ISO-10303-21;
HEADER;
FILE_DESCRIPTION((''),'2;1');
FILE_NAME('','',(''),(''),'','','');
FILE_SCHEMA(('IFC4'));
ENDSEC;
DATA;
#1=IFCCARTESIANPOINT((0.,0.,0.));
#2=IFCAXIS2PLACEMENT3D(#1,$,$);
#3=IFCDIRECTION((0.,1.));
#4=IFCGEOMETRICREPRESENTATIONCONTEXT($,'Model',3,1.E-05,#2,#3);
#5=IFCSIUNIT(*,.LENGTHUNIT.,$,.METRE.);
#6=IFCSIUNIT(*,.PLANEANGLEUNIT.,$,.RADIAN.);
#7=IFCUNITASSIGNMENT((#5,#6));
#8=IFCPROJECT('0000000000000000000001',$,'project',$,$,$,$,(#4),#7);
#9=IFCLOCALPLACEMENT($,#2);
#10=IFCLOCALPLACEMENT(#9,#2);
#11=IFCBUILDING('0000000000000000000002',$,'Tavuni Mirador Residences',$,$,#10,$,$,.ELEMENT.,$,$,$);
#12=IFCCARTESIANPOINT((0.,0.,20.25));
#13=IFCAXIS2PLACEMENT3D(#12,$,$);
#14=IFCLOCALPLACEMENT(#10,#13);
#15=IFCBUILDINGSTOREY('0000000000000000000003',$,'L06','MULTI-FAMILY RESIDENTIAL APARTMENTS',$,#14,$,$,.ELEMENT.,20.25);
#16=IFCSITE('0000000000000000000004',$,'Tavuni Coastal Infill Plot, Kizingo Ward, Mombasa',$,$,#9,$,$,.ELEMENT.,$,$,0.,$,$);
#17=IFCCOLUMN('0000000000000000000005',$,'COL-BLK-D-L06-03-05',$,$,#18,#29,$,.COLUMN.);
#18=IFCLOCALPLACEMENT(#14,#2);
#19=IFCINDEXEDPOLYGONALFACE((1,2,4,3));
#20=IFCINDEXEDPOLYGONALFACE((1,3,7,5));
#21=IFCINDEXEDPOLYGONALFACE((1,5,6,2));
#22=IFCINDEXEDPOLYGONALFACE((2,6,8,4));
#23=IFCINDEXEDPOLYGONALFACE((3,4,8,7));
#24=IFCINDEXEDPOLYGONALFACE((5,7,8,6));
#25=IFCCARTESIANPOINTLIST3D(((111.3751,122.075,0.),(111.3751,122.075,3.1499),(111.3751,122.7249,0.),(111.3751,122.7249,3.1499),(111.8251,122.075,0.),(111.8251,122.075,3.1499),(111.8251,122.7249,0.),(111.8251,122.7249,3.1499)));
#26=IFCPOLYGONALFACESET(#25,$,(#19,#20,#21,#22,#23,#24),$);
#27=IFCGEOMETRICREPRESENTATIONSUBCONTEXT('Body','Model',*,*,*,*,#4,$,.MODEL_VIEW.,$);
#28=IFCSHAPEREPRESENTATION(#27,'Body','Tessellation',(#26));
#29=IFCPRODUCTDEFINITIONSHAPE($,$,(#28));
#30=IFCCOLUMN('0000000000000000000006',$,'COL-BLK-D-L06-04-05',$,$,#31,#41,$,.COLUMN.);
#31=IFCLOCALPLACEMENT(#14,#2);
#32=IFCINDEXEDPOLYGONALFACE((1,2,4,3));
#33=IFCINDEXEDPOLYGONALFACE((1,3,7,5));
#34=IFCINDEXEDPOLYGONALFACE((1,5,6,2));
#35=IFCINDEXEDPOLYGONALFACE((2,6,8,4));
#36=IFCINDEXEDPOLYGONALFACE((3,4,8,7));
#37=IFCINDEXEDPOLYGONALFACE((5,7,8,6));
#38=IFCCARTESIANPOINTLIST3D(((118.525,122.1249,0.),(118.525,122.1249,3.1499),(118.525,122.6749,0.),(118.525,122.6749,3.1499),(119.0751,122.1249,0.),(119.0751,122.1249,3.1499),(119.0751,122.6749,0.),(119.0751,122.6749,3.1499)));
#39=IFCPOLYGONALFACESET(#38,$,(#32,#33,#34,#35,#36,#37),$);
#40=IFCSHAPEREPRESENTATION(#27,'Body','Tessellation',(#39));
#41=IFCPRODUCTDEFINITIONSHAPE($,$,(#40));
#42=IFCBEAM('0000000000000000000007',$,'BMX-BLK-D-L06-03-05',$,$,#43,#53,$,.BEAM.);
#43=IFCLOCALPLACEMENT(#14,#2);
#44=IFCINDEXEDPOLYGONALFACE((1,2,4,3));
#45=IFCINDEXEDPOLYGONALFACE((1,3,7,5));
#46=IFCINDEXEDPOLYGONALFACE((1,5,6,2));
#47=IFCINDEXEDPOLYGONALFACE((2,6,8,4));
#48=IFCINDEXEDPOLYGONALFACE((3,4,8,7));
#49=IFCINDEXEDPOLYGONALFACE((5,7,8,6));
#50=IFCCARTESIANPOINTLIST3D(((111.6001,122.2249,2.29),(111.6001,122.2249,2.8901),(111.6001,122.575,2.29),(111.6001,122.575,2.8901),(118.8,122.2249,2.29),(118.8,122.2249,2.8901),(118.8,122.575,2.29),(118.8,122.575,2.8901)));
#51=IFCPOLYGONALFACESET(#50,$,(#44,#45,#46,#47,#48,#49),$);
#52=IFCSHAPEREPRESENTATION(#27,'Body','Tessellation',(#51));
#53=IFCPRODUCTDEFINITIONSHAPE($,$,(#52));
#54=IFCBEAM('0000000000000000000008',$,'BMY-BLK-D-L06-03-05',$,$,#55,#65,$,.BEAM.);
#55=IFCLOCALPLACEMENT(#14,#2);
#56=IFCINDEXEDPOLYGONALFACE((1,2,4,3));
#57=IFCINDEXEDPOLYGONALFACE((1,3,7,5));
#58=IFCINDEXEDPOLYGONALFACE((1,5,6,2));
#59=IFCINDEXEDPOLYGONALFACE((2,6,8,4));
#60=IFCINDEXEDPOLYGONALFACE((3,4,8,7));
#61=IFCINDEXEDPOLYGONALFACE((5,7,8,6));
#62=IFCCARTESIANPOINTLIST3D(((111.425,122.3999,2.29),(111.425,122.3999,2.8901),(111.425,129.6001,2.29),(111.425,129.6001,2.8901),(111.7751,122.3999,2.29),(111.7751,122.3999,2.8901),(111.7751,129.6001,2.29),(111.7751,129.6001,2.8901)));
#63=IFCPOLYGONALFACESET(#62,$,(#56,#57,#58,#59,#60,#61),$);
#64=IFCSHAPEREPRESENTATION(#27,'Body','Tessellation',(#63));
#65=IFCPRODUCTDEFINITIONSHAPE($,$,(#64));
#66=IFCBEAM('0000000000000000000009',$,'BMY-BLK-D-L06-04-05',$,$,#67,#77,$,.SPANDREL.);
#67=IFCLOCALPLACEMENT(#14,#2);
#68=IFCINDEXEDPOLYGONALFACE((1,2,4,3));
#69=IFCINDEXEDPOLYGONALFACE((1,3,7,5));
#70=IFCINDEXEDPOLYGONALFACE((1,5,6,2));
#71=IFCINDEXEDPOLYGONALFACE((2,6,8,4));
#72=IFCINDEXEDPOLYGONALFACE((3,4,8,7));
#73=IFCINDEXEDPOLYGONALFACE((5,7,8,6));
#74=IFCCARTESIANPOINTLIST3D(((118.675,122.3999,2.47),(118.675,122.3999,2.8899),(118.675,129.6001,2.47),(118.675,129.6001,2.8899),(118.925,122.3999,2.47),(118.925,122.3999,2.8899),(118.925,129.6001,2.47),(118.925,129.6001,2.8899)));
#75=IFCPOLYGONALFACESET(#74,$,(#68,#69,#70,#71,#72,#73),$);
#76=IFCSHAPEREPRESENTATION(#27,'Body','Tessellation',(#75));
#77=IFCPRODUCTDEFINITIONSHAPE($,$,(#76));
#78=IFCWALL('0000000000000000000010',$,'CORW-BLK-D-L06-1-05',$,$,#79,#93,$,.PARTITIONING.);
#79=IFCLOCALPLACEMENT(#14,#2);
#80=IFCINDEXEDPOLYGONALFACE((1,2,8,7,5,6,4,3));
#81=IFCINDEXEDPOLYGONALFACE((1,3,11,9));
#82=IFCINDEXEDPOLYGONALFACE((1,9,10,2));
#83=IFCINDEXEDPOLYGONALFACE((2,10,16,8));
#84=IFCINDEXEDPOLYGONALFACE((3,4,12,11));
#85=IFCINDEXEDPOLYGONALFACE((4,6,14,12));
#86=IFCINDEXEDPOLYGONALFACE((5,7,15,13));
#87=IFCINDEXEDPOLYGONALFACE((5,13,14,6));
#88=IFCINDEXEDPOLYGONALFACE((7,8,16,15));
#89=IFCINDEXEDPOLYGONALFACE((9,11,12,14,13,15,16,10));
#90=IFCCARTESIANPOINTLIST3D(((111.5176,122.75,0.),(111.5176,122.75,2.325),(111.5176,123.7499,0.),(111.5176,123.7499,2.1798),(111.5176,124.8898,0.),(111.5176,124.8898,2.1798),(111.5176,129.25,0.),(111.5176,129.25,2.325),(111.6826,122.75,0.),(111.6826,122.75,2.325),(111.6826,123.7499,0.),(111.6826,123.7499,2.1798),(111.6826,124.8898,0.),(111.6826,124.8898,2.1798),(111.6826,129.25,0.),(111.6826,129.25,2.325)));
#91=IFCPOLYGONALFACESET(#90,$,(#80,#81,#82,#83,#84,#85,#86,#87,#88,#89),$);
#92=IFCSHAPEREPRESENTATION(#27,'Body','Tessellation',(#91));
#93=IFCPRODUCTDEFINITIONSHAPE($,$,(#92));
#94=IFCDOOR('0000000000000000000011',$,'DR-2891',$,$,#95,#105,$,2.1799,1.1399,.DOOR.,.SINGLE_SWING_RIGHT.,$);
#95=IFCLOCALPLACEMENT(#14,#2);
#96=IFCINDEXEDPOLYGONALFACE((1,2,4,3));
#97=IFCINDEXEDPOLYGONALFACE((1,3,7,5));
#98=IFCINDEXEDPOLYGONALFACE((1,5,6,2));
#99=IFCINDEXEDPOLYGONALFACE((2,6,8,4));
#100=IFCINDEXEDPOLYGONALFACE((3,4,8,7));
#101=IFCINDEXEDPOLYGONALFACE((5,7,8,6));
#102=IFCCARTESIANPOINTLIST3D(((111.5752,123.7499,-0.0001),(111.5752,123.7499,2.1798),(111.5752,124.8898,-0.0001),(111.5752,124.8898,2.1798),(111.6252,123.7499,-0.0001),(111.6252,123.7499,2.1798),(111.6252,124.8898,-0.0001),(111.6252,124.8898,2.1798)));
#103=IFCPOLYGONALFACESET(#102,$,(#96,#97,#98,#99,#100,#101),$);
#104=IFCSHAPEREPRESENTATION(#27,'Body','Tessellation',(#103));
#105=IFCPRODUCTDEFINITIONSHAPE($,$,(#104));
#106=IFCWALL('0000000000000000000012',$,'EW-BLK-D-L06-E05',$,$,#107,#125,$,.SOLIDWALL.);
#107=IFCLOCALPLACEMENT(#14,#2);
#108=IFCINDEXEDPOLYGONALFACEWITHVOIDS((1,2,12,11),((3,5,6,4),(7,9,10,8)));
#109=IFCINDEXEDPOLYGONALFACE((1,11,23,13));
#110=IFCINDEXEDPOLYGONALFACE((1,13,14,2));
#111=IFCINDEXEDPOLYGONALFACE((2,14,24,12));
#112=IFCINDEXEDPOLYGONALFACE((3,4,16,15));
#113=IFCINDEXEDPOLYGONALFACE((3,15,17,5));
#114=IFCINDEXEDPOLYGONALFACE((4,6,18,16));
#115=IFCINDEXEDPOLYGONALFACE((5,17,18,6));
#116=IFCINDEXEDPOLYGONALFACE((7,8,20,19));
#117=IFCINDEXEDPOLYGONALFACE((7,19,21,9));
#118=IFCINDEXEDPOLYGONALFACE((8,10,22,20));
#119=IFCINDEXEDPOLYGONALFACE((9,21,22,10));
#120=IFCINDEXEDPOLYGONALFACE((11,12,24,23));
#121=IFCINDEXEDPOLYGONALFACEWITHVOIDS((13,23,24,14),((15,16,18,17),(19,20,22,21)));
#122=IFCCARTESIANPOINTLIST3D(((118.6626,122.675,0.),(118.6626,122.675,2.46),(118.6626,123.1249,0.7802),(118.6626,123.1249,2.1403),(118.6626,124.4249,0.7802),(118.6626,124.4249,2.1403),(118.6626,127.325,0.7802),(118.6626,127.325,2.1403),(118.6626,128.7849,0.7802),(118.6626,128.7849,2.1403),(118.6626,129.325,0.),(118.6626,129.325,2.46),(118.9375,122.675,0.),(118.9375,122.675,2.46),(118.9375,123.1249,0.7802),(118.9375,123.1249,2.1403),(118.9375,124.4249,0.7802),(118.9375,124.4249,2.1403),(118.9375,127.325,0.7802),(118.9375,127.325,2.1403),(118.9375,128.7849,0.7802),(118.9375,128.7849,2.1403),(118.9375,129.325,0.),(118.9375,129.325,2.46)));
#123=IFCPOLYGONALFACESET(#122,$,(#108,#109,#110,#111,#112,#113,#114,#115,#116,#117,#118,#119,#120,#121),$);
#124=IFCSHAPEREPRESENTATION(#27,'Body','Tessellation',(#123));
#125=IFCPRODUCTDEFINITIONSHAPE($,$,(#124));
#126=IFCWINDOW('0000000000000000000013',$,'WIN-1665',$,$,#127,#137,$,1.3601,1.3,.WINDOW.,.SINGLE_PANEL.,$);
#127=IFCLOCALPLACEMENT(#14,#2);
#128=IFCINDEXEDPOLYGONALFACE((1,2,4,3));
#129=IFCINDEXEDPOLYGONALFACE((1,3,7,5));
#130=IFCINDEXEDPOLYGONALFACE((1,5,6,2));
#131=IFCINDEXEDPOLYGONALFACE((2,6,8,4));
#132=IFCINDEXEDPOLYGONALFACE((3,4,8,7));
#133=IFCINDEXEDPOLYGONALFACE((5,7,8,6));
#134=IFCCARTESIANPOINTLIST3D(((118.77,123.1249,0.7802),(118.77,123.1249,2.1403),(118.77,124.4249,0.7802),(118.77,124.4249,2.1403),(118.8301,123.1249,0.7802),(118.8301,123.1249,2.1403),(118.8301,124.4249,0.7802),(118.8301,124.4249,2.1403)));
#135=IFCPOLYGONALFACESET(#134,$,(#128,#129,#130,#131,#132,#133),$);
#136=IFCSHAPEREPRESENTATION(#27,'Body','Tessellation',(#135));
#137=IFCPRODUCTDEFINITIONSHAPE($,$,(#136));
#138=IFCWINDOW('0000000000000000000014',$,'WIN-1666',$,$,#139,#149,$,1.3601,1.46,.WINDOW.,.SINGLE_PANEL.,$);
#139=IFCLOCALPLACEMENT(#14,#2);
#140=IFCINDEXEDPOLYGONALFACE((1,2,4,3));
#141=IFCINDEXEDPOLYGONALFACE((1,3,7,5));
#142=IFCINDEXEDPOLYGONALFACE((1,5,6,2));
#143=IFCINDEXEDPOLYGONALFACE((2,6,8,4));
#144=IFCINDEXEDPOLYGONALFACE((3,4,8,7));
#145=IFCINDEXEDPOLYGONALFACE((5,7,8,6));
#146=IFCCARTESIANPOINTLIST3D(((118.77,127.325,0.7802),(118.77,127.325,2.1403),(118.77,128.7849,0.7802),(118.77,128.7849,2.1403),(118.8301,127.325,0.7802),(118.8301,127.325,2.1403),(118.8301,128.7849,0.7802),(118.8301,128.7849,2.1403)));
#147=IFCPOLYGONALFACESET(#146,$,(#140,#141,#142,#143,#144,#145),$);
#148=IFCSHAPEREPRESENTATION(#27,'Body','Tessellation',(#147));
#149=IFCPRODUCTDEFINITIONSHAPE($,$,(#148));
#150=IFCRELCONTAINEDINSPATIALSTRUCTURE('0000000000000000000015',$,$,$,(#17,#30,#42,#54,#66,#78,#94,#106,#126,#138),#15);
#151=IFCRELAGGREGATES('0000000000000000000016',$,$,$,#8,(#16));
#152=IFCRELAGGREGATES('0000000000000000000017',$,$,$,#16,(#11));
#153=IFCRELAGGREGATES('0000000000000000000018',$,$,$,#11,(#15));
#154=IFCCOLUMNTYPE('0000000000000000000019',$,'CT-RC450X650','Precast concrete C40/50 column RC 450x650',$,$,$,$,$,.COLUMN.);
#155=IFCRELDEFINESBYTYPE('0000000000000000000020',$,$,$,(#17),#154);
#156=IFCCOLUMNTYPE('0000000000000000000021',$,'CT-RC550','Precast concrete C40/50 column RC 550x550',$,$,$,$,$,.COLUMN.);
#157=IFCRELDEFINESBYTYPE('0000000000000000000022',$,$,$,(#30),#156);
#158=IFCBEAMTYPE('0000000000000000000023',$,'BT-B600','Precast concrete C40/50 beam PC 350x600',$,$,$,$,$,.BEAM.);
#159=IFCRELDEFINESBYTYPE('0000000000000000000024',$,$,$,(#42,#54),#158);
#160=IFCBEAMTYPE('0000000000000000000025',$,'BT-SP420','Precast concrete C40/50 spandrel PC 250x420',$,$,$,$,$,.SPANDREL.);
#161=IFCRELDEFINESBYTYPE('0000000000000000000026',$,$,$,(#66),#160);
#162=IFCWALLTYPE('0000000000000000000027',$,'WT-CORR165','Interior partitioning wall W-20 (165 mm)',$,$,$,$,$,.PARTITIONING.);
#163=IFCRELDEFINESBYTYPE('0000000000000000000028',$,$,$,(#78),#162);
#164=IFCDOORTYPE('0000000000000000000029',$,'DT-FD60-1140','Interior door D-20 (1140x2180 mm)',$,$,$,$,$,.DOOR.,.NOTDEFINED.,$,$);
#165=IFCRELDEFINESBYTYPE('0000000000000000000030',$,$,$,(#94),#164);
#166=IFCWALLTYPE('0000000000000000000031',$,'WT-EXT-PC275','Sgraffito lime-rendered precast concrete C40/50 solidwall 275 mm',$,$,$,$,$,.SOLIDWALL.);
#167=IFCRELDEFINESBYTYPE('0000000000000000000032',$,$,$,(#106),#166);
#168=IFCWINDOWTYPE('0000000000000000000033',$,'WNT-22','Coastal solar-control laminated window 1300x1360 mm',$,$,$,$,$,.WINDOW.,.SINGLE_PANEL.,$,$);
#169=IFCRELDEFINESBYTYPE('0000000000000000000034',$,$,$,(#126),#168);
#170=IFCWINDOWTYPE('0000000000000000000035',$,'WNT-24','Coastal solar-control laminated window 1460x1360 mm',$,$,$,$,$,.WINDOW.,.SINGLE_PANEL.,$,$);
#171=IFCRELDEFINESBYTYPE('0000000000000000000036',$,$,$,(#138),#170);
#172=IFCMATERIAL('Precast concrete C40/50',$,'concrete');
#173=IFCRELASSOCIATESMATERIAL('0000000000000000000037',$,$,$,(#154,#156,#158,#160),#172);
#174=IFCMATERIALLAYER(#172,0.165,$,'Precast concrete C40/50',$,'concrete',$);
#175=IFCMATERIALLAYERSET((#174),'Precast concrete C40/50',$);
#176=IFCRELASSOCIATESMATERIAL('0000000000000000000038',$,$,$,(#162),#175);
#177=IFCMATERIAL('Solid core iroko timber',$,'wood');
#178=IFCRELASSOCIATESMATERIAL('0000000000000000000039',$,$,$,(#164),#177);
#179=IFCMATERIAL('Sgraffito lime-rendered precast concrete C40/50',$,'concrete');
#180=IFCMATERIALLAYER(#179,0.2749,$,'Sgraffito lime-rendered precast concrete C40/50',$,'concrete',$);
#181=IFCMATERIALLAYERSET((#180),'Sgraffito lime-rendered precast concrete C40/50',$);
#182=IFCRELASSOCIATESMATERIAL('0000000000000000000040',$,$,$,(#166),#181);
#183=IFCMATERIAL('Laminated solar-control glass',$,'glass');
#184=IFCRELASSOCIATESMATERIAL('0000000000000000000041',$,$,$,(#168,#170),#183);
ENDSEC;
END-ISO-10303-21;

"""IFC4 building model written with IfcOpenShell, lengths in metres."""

from ifc_helpers import new_model, si_unit, direction, frame, frame_2d, origin, origin_2d, place, context, subcontext, project, spatial, rectangle, extrude, material, layer, layer_set, material_profile, profile_set, type_object, element, fill, save


model = new_model("IFC4")

# Units and contexts
model_context = context("Model", 3, precision=1e-05, world=origin(), true_north=direction((0.0, 1.0)))
body_context = subcontext(model_context, "Body", "Model", "MODEL_VIEW")
ifc_project = project(units=[si_unit("LENGTHUNIT", "METRE"), si_unit("PLANEANGLEUNIT", "RADIAN")], contexts=[model_context])

# Site, building, storey
site_placement = place(None, origin())
site = spatial("IfcSite", under=ifc_project, at=site_placement, Name="Tavuni Coastal Infill Plot, Kizingo Ward, Mombasa", CompositionType="ELEMENT", RefElevation=0.0)
building_placement = place(site_placement, origin())
building = spatial("IfcBuilding", under=site, at=building_placement, Name="Tavuni Mirador Residences", CompositionType="ELEMENT")
storey_placement = place(building_placement, frame((0.0, 0.0, 20.25)))
storey = spatial("IfcBuildingStorey", under=building, at=storey_placement, Name="L06", Description="MULTI-FAMILY RESIDENTIAL APARTMENTS", CompositionType="ELEMENT", Elevation=20.25)

# Columns
ifc_material_1 = material(Name="Precast concrete C40/50", Category="concrete")
ifc_material_profile_1 = material_profile(ifc_material_1, rectangle(XDim=0.45, YDim=0.6499, at=origin_2d()), Name="RC 450x650", Category="concrete")
ifc_profile_set_1 = profile_set([ifc_material_profile_1], Name="Precast concrete C40/50")
column_type_1 = type_object("IfcColumnType", Name="CT-RC450X650", Description="Precast concrete C40/50 column RC 450x650", PredefinedType="COLUMN", material=ifc_profile_set_1)
column_1_placement = place(storey_placement, frame((111.6001, 122.3999, 0.0), z_axis=(0.0, 0.0, 1.0), x_axis=(1.0, 0.0, 0.0)))
element("IfcColumn", 1, at=column_1_placement, inside=storey, type_object=column_type_1, Name="COL-BLK-D-L06-03-05", PredefinedType="COLUMN", context=body_context, shape_type="SweptSolid", body=[
    extrude(rectangle(XDim=0.45, YDim=0.6499, at=origin_2d()), origin(), (0.0, 0.0, 1.0), 3.1499),
])
ifc_material_profile_2 = material_profile(ifc_material_1, rectangle(XDim=0.55, YDim=0.55, at=origin_2d()), Name="RC 550x550", Category="concrete")
ifc_profile_set_2 = profile_set([ifc_material_profile_2], Name="Precast concrete C40/50")
column_type_2 = type_object("IfcColumnType", Name="CT-RC550", Description="Precast concrete C40/50 column RC 550x550", PredefinedType="COLUMN", material=ifc_profile_set_2)
column_2_placement = place(storey_placement, frame((118.8, 122.3999, 0.0), z_axis=(0.0, 0.0, 1.0), x_axis=(1.0, 0.0, 0.0)))
element("IfcColumn", 2, at=column_2_placement, inside=storey, type_object=column_type_2, Name="COL-BLK-D-L06-04-05", PredefinedType="COLUMN", context=body_context, shape_type="SweptSolid", body=[
    extrude(rectangle(XDim=0.55, YDim=0.55, at=origin_2d()), origin(), (0.0, 0.0, 1.0), 3.1499),
])

# Beams
ifc_material_profile_3 = material_profile(ifc_material_1, rectangle(XDim=0.3501, YDim=0.6001, at=origin_2d()), Name="PC 350x600", Category="concrete")
ifc_profile_set_3 = profile_set([ifc_material_profile_3], Name="Precast concrete C40/50")
beam_type_1 = type_object("IfcBeamType", Name="BT-B600", Description="Precast concrete C40/50 beam PC 350x600", PredefinedType="BEAM", material=ifc_profile_set_3)
beam_1_placement = place(storey_placement, frame((111.6001, 122.3999, 2.5901), z_axis=(1.0, 0.0, 0.0), x_axis=(0.0, 1.0, 0.0)))
element("IfcBeam", 3, at=beam_1_placement, inside=storey, type_object=beam_type_1, Name="BMX-BLK-D-L06-03-05", PredefinedType="BEAM", context=body_context, shape_type="SweptSolid", body=[
    extrude(rectangle(XDim=0.3501, YDim=0.6001, at=origin_2d()), origin(), (0.0, 0.0, 1.0), 7.2),
])
beam_2_placement = place(storey_placement, frame((111.6001, 122.3999, 2.5901), z_axis=(0.0, 1.0, 0.0), x_axis=(-1.0, 0.0, 0.0)))
element("IfcBeam", 4, at=beam_2_placement, inside=storey, type_object=beam_type_1, Name="BMY-BLK-D-L06-03-05", PredefinedType="BEAM", context=body_context, shape_type="SweptSolid", body=[
    extrude(rectangle(XDim=0.3501, YDim=0.6001, at=origin_2d()), origin(), (0.0, 0.0, 1.0), 7.2002),
])
ifc_material_profile_4 = material_profile(ifc_material_1, rectangle(XDim=0.25, YDim=0.4199, at=origin_2d()), Name="PC 250x420", Category="concrete")
ifc_profile_set_4 = profile_set([ifc_material_profile_4], Name="Precast concrete C40/50")
beam_type_2 = type_object("IfcBeamType", Name="BT-SP420", Description="Precast concrete C40/50 spandrel PC 250x420", PredefinedType="SPANDREL", material=ifc_profile_set_4)
beam_3_placement = place(storey_placement, frame((118.8, 122.3999, 2.6799), z_axis=(0.0, 1.0, 0.0), x_axis=(-1.0, 0.0, 0.0)))
element("IfcBeam", 5, at=beam_3_placement, inside=storey, type_object=beam_type_2, Name="BMY-BLK-D-L06-04-05", PredefinedType="SPANDREL", context=body_context, shape_type="SweptSolid", body=[
    extrude(rectangle(XDim=0.25, YDim=0.4199, at=origin_2d()), origin(), (0.0, 0.0, 1.0), 7.2002),
])

# Wall, opening, door
ifc_layer_1 = layer(ifc_material_1, 0.165, Name="Precast concrete C40/50", Category="concrete")
ifc_layer_set_1 = layer_set([ifc_layer_1], Name="Precast concrete C40/50")
wall_type_1 = type_object("IfcWallType", Name="WT-CORR165", Description="Interior partitioning wall W-20 (165 mm)", PredefinedType="PARTITIONING", material=ifc_layer_set_1)
wall_1_placement = place(storey_placement, frame((111.6001, 122.75, 0.0), z_axis=(0.0, 0.0, 1.0), x_axis=(0.0, 1.0, 0.0)))
wall_1 = element("IfcWall", 6, at=wall_1_placement, inside=storey, type_object=wall_type_1, Name="CORW-BLK-D-L06-1-05", PredefinedType="PARTITIONING", context=body_context, shape_type="SweptSolid", body=[
    extrude(rectangle(XDim=6.5, YDim=0.165, at=frame_2d((3.25, 0.0))), origin(), (0.0, 0.0, 1.0), 2.325),
])
opening_1_placement = place(wall_1_placement, frame((1.0, 0.0, 0.0)))
opening_1 = element("IfcOpeningElement", 7, at=opening_1_placement, cuts=wall_1, PredefinedType="OPENING", context=body_context, shape_type="SweptSolid", body=[
    extrude(rectangle(XDim=1.1399, YDim=2.1799, at=frame_2d((0.5698, 1.0898))), frame((0.0, 0.0925, 0.0), z_axis=(0.0, -1.0, 0.0), x_axis=(1.0, 0.0, 0.0)), (0.0, 0.0, 1.0), 0.1851),
])
ifc_material_2 = material(Name="Solid core iroko timber", Category="wood")
door_type_1 = type_object("IfcDoorType", Name="DT-FD60-1140", Description="Interior door D-20 (1140x2180 mm)", OperationType="NOTDEFINED", PredefinedType="DOOR", material=ifc_material_2)
door_1_placement = place(opening_1_placement, origin())
door_1 = element("IfcDoor", 8, at=door_1_placement, inside=storey, type_object=door_type_1, Name="DR-2891", OperationType="SINGLE_SWING_RIGHT", OverallHeight=2.1799, OverallWidth=1.1399, PredefinedType="DOOR", context=body_context, shape_type="SweptSolid", body=[
    extrude(rectangle(XDim=1.1399, YDim=2.1799, at=frame_2d((0.5698, 1.0898))), frame((0.0, 0.0249, 0.0), z_axis=(0.0, -1.0, 0.0), x_axis=(1.0, 0.0, 0.0)), (0.0, 0.0, 1.0), 0.05),
])
fill(opening_1, door_1)

# Wall, openings, windows
ifc_material_3 = material(Name="Sgraffito lime-rendered precast concrete C40/50", Category="concrete")
ifc_layer_2 = layer(ifc_material_3, 0.2749, Name="Sgraffito lime-rendered precast concrete C40/50", Category="concrete")
ifc_layer_set_2 = layer_set([ifc_layer_2], Name="Sgraffito lime-rendered precast concrete C40/50")
wall_type_2 = type_object("IfcWallType", Name="WT-EXT-PC275", Description="Sgraffito lime-rendered precast concrete C40/50 solidwall 275 mm", PredefinedType="SOLIDWALL", material=ifc_layer_set_2)
wall_2_placement = place(storey_placement, frame((118.8, 122.675, 0.0), z_axis=(0.0, 0.0, 1.0), x_axis=(0.0, 1.0, 0.0)))
wall_2 = element("IfcWall", 9, at=wall_2_placement, inside=storey, type_object=wall_type_2, Name="EW-BLK-D-L06-E05", PredefinedType="SOLIDWALL", context=body_context, shape_type="SweptSolid", body=[
    extrude(rectangle(XDim=6.6499, YDim=0.2749, at=frame_2d((3.325, 0.0))), origin(), (0.0, 0.0, 1.0), 2.46),
])
opening_2_placement = place(wall_2_placement, frame((0.45, 0.0, 0.78)))
opening_2 = element("IfcOpeningElement", 10, at=opening_2_placement, cuts=wall_2, PredefinedType="OPENING", context=body_context, shape_type="SweptSolid", body=[
    extrude(rectangle(XDim=1.3, YDim=1.3601, at=frame_2d((0.6499, 0.6802))), frame((0.0, 0.1475, 0.0), z_axis=(0.0, -1.0, 0.0), x_axis=(1.0, 0.0, 0.0)), (0.0, 0.0, 1.0), 0.2949),
])
opening_3_placement = place(wall_2_placement, frame((4.6499, 0.0, 0.78)))
opening_3 = element("IfcOpeningElement", 11, at=opening_3_placement, cuts=wall_2, PredefinedType="OPENING", context=body_context, shape_type="SweptSolid", body=[
    extrude(rectangle(XDim=1.46, YDim=1.3601, at=frame_2d((0.73, 0.6802))), frame((0.0, 0.1475, 0.0), z_axis=(0.0, -1.0, 0.0), x_axis=(1.0, 0.0, 0.0)), (0.0, 0.0, 1.0), 0.2949),
])
ifc_material_4 = material(Name="Laminated solar-control glass", Category="glass")
window_type_1 = type_object("IfcWindowType", Name="WNT-22", Description="Coastal solar-control laminated window 1300x1360 mm", PartitioningType="SINGLE_PANEL", PredefinedType="WINDOW", material=ifc_material_4)
window_1_placement = place(opening_2_placement, origin())
window_1 = element("IfcWindow", 12, at=window_1_placement, inside=storey, type_object=window_type_1, Name="WIN-1665", OverallHeight=1.3601, OverallWidth=1.3, PartitioningType="SINGLE_PANEL", PredefinedType="WINDOW", context=body_context, shape_type="SweptSolid", body=[
    extrude(rectangle(XDim=1.3, YDim=1.3601, at=frame_2d((0.6499, 0.6802))), frame((0.0, 0.03, 0.0), z_axis=(0.0, -1.0, 0.0), x_axis=(1.0, 0.0, 0.0)), (0.0, 0.0, 1.0), 0.0601),
])
fill(opening_2, window_1)
window_type_2 = type_object("IfcWindowType", Name="WNT-24", Description="Coastal solar-control laminated window 1460x1360 mm", PartitioningType="SINGLE_PANEL", PredefinedType="WINDOW", material=ifc_material_4)
window_2_placement = place(opening_3_placement, origin())
window_2 = element("IfcWindow", 13, at=window_2_placement, inside=storey, type_object=window_type_2, Name="WIN-1666", OverallHeight=1.3601, OverallWidth=1.46, PartitioningType="SINGLE_PANEL", PredefinedType="WINDOW", context=body_context, shape_type="SweptSolid", body=[
    extrude(rectangle(XDim=1.46, YDim=1.3601, at=frame_2d((0.73, 0.6802))), frame((0.0, 0.03, 0.0), z_axis=(0.0, -1.0, 0.0), x_axis=(1.0, 0.0, 0.0)), (0.0, 0.0, 1.0), 0.0601),
])
fill(opening_3, window_2)

save(model, "model.ifc")
